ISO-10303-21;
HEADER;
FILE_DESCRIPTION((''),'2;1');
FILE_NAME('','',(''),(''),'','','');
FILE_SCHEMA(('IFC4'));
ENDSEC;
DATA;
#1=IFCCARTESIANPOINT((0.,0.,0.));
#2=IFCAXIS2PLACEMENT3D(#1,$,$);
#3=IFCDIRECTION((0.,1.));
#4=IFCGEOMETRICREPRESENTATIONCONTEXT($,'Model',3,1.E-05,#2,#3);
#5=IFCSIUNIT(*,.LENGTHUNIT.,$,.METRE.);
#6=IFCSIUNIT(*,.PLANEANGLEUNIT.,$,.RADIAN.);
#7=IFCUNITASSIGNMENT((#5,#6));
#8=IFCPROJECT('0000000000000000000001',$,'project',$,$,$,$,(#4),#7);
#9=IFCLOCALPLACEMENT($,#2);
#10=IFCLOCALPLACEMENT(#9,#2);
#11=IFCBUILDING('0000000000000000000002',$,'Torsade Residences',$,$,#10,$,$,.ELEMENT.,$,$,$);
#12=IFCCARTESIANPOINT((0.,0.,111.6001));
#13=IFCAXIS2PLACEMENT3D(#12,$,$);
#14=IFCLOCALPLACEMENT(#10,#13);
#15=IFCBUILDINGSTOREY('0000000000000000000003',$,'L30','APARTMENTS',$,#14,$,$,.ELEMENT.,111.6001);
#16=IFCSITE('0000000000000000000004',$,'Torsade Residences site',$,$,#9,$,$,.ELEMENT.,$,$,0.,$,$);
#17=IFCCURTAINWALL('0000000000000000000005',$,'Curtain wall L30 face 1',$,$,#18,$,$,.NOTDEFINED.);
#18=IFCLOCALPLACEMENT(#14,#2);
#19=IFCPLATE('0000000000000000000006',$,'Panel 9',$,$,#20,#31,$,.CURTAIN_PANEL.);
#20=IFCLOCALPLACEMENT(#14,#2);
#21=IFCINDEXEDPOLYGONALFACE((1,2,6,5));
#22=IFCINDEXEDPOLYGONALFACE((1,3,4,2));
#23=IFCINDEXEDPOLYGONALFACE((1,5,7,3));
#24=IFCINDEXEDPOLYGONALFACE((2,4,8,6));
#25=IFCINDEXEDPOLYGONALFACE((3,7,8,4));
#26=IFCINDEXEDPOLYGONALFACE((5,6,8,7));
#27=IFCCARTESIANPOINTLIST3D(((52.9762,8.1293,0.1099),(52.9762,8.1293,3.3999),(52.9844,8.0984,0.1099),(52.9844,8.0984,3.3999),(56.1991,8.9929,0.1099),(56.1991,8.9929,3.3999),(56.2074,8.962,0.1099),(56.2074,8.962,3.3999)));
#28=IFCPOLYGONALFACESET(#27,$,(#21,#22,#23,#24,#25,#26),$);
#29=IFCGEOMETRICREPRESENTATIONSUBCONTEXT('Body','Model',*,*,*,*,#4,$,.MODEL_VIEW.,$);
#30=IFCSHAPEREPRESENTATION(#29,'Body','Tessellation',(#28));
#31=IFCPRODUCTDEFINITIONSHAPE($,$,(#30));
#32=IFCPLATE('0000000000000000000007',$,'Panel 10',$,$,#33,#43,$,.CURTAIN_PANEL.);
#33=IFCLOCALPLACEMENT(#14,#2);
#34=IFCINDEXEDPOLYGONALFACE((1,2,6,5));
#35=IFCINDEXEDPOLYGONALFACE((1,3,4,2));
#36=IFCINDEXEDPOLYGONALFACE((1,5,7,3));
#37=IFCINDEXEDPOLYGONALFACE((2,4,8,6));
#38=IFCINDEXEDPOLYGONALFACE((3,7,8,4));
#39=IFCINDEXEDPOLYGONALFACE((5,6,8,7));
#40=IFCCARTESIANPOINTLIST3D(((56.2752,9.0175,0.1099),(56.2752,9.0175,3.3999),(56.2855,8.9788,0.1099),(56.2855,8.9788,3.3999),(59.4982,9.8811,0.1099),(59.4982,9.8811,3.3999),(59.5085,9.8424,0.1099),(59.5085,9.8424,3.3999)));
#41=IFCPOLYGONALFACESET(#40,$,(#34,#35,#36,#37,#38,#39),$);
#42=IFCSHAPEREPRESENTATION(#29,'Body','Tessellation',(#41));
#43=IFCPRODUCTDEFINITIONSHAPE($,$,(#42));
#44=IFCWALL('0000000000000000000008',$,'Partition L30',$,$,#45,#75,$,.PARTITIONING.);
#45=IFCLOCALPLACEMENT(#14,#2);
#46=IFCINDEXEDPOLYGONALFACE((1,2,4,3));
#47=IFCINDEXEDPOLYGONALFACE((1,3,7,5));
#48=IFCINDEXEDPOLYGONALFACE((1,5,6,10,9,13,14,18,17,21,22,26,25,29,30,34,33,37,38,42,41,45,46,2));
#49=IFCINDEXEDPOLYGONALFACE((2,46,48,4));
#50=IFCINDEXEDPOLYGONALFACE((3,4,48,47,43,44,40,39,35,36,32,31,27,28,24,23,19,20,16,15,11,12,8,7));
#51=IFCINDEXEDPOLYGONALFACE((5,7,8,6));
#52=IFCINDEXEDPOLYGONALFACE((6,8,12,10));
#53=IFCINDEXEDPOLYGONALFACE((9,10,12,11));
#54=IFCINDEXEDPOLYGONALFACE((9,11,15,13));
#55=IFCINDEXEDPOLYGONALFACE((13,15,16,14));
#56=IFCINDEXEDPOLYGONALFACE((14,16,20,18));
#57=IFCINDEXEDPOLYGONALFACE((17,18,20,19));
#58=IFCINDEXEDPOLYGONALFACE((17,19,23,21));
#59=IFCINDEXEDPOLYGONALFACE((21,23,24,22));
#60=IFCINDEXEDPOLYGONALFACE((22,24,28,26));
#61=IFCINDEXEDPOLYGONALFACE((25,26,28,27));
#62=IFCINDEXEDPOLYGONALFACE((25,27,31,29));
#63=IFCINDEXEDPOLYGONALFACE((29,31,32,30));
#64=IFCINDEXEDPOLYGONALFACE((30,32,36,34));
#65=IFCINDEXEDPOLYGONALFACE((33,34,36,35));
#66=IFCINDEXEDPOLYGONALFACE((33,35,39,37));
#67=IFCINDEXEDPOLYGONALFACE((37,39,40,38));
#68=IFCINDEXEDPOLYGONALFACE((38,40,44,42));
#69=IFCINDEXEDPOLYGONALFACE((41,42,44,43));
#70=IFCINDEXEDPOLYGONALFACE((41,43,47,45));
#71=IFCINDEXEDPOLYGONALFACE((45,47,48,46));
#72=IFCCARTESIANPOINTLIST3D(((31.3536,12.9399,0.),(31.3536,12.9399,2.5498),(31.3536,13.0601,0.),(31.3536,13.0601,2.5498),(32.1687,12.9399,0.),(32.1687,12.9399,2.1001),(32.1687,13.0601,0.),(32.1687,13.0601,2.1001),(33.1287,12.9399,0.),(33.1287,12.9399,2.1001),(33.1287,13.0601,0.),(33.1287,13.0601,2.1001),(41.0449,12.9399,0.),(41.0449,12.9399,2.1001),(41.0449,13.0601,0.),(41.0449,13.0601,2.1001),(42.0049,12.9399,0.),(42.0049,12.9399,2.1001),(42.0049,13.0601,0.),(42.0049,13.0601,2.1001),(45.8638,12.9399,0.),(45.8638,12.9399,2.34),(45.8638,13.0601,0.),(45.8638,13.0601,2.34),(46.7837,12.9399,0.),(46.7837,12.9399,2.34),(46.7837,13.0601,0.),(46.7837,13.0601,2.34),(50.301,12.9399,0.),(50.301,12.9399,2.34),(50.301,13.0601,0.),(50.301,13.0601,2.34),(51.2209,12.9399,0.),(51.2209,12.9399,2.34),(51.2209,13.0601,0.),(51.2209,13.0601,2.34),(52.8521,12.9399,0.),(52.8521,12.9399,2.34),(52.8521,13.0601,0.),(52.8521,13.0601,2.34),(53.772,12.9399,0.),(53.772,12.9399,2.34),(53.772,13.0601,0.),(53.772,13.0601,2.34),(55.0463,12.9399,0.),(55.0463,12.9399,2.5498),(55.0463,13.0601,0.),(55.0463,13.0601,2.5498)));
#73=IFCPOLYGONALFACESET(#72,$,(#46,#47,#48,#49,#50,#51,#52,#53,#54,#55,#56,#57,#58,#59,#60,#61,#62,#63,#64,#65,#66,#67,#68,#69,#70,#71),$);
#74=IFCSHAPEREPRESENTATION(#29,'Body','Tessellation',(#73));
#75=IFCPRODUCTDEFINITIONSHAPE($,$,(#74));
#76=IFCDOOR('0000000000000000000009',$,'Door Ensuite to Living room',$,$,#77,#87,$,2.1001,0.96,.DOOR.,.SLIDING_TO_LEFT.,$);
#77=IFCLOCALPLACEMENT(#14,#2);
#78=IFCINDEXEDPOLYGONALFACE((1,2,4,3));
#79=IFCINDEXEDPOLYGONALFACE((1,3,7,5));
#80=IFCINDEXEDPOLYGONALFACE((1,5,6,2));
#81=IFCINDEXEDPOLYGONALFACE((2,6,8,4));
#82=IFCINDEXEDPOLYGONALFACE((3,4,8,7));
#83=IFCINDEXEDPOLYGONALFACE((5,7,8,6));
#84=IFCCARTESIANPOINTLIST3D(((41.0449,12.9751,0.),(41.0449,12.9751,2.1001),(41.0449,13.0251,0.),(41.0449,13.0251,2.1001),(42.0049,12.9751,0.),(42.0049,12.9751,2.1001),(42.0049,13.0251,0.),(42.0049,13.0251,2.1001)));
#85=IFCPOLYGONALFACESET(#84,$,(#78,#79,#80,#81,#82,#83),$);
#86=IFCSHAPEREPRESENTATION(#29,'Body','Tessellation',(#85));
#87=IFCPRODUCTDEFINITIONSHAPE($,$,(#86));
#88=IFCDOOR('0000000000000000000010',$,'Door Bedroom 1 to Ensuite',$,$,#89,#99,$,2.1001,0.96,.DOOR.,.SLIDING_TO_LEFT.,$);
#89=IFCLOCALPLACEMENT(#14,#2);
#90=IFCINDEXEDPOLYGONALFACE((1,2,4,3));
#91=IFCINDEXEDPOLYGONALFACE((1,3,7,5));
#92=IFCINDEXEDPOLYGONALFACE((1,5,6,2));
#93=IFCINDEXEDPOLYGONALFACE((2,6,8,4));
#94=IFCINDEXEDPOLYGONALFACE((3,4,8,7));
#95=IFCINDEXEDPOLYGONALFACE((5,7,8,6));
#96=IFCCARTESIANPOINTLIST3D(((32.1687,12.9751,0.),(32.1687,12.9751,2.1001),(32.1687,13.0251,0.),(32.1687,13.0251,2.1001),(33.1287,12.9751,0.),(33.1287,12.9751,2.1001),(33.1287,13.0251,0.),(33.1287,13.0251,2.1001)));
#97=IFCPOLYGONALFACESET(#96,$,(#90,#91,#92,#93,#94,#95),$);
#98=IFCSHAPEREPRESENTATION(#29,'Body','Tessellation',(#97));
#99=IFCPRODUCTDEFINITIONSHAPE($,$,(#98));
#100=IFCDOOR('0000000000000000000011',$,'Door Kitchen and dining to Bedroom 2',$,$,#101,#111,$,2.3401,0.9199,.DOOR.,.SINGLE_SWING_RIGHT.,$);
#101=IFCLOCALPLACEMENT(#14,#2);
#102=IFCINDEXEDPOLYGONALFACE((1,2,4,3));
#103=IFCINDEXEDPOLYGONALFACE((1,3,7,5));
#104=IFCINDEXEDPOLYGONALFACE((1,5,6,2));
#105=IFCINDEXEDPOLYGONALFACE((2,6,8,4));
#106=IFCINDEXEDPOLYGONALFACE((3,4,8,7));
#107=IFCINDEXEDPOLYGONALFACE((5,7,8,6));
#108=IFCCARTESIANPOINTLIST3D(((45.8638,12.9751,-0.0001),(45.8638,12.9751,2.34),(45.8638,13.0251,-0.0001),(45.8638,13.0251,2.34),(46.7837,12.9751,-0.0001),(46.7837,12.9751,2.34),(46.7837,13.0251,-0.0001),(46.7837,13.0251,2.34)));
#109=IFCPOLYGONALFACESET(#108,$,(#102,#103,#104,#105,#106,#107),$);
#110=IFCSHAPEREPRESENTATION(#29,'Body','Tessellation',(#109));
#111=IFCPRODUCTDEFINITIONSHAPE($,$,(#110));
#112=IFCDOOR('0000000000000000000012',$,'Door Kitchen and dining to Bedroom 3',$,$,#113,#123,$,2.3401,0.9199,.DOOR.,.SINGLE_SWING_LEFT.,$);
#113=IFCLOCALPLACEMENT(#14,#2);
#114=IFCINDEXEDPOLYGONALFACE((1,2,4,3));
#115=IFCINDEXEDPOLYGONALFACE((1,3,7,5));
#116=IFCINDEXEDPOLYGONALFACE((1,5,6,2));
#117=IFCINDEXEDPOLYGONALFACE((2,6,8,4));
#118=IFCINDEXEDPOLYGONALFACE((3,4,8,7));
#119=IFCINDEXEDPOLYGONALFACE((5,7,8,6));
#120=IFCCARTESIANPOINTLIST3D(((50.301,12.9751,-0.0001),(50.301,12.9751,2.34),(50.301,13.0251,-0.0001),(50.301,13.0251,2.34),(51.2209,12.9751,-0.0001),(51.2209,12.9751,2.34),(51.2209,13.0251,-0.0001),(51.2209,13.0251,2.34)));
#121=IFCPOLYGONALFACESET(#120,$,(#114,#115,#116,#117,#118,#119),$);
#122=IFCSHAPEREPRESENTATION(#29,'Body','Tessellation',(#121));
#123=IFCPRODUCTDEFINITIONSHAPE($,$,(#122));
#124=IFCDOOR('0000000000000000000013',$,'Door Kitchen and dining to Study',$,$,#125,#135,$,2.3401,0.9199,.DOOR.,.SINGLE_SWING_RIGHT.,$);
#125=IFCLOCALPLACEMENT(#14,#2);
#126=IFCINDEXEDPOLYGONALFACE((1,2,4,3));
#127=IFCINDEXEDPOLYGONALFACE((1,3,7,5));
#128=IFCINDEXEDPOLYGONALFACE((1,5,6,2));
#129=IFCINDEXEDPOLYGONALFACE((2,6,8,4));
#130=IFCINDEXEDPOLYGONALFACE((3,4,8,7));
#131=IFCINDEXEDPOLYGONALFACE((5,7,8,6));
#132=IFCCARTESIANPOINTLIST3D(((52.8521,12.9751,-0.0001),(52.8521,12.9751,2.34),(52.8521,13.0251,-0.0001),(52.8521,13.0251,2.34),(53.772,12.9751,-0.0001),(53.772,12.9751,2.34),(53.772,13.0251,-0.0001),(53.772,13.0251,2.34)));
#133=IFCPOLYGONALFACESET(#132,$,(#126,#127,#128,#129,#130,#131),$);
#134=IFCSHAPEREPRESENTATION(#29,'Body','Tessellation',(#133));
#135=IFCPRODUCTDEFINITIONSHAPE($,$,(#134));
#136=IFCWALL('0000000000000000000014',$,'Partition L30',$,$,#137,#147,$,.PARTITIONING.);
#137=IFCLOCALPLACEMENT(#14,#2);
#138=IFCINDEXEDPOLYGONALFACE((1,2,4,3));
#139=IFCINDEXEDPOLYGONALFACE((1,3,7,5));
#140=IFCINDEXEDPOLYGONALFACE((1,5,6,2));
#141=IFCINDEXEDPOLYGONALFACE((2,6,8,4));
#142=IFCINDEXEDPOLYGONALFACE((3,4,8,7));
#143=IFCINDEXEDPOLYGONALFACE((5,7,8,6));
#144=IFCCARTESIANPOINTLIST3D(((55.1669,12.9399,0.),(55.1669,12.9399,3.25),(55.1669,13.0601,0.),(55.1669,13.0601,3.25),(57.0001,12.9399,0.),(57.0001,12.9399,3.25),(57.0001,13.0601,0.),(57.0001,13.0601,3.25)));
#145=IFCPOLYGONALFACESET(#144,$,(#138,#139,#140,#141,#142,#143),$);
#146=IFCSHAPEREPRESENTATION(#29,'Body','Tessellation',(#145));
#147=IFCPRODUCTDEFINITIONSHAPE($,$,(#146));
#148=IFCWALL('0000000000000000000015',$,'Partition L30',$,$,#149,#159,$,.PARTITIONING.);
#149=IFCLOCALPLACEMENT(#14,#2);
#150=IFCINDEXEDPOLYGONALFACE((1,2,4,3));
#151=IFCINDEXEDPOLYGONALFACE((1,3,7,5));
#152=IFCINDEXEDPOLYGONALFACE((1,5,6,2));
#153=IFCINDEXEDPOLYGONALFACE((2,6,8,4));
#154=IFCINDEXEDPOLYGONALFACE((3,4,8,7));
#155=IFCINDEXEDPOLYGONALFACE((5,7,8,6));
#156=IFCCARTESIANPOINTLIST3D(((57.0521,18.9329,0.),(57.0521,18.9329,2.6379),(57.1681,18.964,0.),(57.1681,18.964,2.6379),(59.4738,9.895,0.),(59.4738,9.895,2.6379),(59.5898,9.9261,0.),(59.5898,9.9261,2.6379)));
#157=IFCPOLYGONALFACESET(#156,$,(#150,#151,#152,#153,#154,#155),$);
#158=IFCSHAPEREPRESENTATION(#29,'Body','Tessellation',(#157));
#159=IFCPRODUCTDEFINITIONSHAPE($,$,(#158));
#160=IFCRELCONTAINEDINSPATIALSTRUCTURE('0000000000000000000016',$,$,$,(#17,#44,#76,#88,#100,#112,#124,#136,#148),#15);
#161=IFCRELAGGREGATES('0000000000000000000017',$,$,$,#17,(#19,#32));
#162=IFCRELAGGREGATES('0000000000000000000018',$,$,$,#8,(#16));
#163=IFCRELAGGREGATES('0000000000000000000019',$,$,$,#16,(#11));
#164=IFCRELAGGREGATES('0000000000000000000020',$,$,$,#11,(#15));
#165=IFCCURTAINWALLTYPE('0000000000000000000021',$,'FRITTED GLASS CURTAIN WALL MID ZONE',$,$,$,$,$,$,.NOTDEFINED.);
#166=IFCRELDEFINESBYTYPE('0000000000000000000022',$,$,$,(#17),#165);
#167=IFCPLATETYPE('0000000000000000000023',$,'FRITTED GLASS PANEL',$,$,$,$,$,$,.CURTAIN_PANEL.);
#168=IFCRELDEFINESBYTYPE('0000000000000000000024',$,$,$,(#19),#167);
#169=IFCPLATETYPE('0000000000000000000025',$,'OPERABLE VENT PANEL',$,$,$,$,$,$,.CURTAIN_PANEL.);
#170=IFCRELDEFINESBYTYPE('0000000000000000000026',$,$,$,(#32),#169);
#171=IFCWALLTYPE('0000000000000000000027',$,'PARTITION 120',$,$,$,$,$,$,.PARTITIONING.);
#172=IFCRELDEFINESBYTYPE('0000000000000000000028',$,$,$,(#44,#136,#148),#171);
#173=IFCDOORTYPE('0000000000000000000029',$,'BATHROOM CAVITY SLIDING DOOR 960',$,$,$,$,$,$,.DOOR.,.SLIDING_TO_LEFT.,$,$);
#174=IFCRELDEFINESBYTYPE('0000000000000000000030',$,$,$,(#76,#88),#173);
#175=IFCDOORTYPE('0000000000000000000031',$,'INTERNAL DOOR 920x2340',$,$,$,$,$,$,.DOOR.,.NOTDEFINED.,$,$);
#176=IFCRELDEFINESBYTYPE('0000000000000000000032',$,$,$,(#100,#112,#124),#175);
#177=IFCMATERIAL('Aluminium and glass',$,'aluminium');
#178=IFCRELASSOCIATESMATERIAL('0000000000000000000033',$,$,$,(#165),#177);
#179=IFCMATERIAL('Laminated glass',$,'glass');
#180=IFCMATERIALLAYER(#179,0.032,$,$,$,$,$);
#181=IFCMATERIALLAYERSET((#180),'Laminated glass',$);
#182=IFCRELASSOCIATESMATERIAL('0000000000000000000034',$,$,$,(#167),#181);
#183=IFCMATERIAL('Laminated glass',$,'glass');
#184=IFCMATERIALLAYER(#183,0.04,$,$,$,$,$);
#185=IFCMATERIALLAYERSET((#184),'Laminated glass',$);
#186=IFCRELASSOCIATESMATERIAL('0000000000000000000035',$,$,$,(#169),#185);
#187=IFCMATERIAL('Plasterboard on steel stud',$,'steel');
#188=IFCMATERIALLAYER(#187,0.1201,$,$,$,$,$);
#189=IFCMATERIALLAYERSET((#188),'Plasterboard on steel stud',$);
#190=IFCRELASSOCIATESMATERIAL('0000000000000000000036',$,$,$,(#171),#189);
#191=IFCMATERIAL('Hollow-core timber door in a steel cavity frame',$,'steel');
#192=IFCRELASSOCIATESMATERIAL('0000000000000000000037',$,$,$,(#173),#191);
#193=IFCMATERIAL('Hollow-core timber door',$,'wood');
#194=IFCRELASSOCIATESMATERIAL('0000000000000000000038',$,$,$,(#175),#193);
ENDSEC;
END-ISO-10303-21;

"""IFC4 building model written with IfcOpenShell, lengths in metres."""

from ifc_helpers import new_model, si_unit, direction, frame, frame_2d, origin, origin_2d, place, context, subcontext, project, spatial, rectangle, extrude, material, layer, layer_set, type_object, element, fill, aggregate, save


model = new_model("IFC4")

# Units and contexts
model_context = context("Model", 3, precision=1e-05, world=origin(), true_north=direction((0.0, 1.0)))
body_context = subcontext(model_context, "Body", "Model", "MODEL_VIEW")
ifc_project = project(units=[si_unit("LENGTHUNIT", "METRE"), si_unit("PLANEANGLEUNIT", "RADIAN")], contexts=[model_context])

# Site, building, storey
site_placement = place(None, origin())
site = spatial("IfcSite", under=ifc_project, at=site_placement, Name="Torsade Residences site", CompositionType="ELEMENT", RefElevation=0.0)
building_placement = place(site_placement, origin())
building = spatial("IfcBuilding", under=site, at=building_placement, Name="Torsade Residences", CompositionType="ELEMENT")
storey_placement = place(building_placement, frame((0.0, 0.0, 111.6001)))
storey = spatial("IfcBuildingStorey", under=building, at=storey_placement, Name="L30", Description="APARTMENTS", CompositionType="ELEMENT", Elevation=111.6001)

# Curtain wall
ifc_material_1 = material(Name="Aluminium and glass", Category="aluminium")
curtain_wall_type = type_object("IfcCurtainWallType", Name="FRITTED GLASS CURTAIN WALL MID ZONE", PredefinedType="NOTDEFINED", material=ifc_material_1)
curtain_wall_placement = place(storey_placement, origin())
curtain_wall = element("IfcCurtainWall", 1, at=curtain_wall_placement, inside=storey, type_object=curtain_wall_type, Name="Curtain wall L30 face 1", PredefinedType="NOTDEFINED")

# Plates
ifc_material_2 = material(Name="Laminated glass", Category="glass")
ifc_layer_1 = layer(ifc_material_2, 0.032)
ifc_layer_set_1 = layer_set([ifc_layer_1], Name="Laminated glass")
plate_type_1 = type_object("IfcPlateType", Name="FRITTED GLASS PANEL", PredefinedType="CURTAIN_PANEL", material=ifc_layer_set_1)
plate_1_placement = place(storey_placement, frame((54.5918, 8.5457, 0.1099), z_axis=(0.0, 0.0, 1.0), x_axis=(0.965926, 0.258819, 0.0)))
plate_1 = element("IfcPlate", 2, at=plate_1_placement, type_object=plate_type_1, Name="Panel 9", PredefinedType="CURTAIN_PANEL", context=body_context, shape_type="SweptSolid", body=[
    extrude(rectangle(XDim=3.3367, YDim=0.032, at=origin_2d()), origin(), (0.0, 0.0, 1.0), 3.29),
])
ifc_material_3 = material(Name="Laminated glass", Category="glass")
ifc_layer_2 = layer(ifc_material_3, 0.04)
ifc_layer_set_2 = layer_set([ifc_layer_2], Name="Laminated glass")
plate_type_2 = type_object("IfcPlateType", Name="OPERABLE VENT PANEL", PredefinedType="CURTAIN_PANEL", material=ifc_layer_set_2)
plate_2_placement = place(storey_placement, frame((57.8918, 9.4299, 0.1099), z_axis=(0.0, 0.0, 1.0), x_axis=(0.965926, 0.258819, 0.0)))
plate_2 = element("IfcPlate", 3, at=plate_2_placement, type_object=plate_type_2, Name="Panel 10", PredefinedType="CURTAIN_PANEL", context=body_context, shape_type="SweptSolid", body=[
    extrude(rectangle(XDim=3.3367, YDim=0.04, at=origin_2d()), origin(), (0.0, 0.0, 1.0), 3.29),
])
aggregate(curtain_wall, [plate_1, plate_2])

# Wall, openings, doors
ifc_material_4 = material(Name="Plasterboard on steel stud", Category="steel")
ifc_layer_3 = layer(ifc_material_4, 0.1201)
ifc_layer_set_3 = layer_set([ifc_layer_3], Name="Plasterboard on steel stud")
wall_type_1 = type_object("IfcWallType", Name="PARTITION 120", PredefinedType="PARTITIONING", material=ifc_layer_set_3)
wall_1_placement = place(storey_placement, frame((55.0461, 13.0, 0.0), z_axis=(0.0, 0.0, 1.0), x_axis=(-1.0, 0.0, 0.0)))
wall_1 = element("IfcWall", 4, at=wall_1_placement, inside=storey, type_object=wall_type_1, Name="Partition L30", PredefinedType="PARTITIONING", context=body_context, shape_type="SweptSolid", body=[
    extrude(rectangle(XDim=23.6926, YDim=0.1201, at=frame_2d((11.8462, 0.0))), origin(), (0.0, 0.0, 1.0), 2.5498),
])
opening_1_placement = place(wall_1_placement, frame((8.2625, 0.0, 0.0)))
opening_1 = element("IfcOpeningElement", 5, at=opening_1_placement, cuts=wall_1, PredefinedType="OPENING", context=body_context, shape_type="SweptSolid", body=[
    extrude(rectangle(XDim=0.9199, YDim=2.3401, at=frame_2d((0.46, 1.1699))), frame((0.0, 0.0701, 0.0), z_axis=(0.0, -1.0, 0.0), x_axis=(1.0, 0.0, 0.0)), (0.0, 0.0, 1.0), 0.1401),
])
opening_2_placement = place(wall_1_placement, frame((3.8252, 0.0, 0.0)))
opening_2 = element("IfcOpeningElement", 6, at=opening_2_placement, cuts=wall_1, PredefinedType="OPENING", context=body_context, shape_type="SweptSolid", body=[
    extrude(rectangle(XDim=0.9199, YDim=2.3401, at=frame_2d((0.46, 1.1699))), frame((0.0, 0.0701, 0.0), z_axis=(0.0, -1.0, 0.0), x_axis=(1.0, 0.0, 0.0)), (0.0, 0.0, 1.0), 0.1401),
])
opening_3_placement = place(wall_1_placement, frame((1.2742, 0.0, 0.0)))
opening_3 = element("IfcOpeningElement", 7, at=opening_3_placement, cuts=wall_1, PredefinedType="OPENING", context=body_context, shape_type="SweptSolid", body=[
    extrude(rectangle(XDim=0.9199, YDim=2.3401, at=frame_2d((0.46, 1.1699))), frame((0.0, 0.0701, 0.0), z_axis=(0.0, -1.0, 0.0), x_axis=(1.0, 0.0, 0.0)), (0.0, 0.0, 1.0), 0.1401),
])
opening_4_placement = place(wall_1_placement, frame((13.0413, 0.0, 0.0)))
opening_4 = element("IfcOpeningElement", 8, at=opening_4_placement, cuts=wall_1, PredefinedType="OPENING", context=body_context, shape_type="SweptSolid", body=[
    extrude(rectangle(XDim=0.96, YDim=2.1001, at=frame_2d((0.48, 1.05))), frame((0.0, 0.0701, 0.0), z_axis=(0.0, -1.0, 0.0), x_axis=(1.0, 0.0, 0.0)), (0.0, 0.0, 1.0), 0.1401),
])
opening_5_placement = place(wall_1_placement, frame((21.9175, 0.0, 0.0)))
opening_5 = element("IfcOpeningElement", 9, at=opening_5_placement, cuts=wall_1, PredefinedType="OPENING", context=body_context, shape_type="SweptSolid", body=[
    extrude(rectangle(XDim=0.96, YDim=2.1001, at=frame_2d((0.48, 1.05))), frame((0.0, 0.0701, 0.0), z_axis=(0.0, -1.0, 0.0), x_axis=(1.0, 0.0, 0.0)), (0.0, 0.0, 1.0), 0.1401),
])
ifc_material_5 = material(Name="Hollow-core timber door in a steel cavity frame", Category="steel")
door_type_1 = type_object("IfcDoorType", Name="BATHROOM CAVITY SLIDING DOOR 960", OperationType="SLIDING_TO_LEFT", PredefinedType="DOOR", material=ifc_material_5)
door_1_placement = place(opening_4_placement, origin())
door_1 = element("IfcDoor", 10, at=door_1_placement, inside=storey, type_object=door_type_1, Name="Door Ensuite to Living room", OperationType="SLIDING_TO_LEFT", OverallHeight=2.1001, OverallWidth=0.96, PredefinedType="DOOR", context=body_context, shape_type="SweptSolid", body=[
    extrude(rectangle(XDim=0.96, YDim=2.1001, at=frame_2d((0.48, 1.05))), frame((0.0, 0.0249, 0.0), z_axis=(0.0, -1.0, 0.0), x_axis=(1.0, 0.0, 0.0)), (0.0, 0.0, 1.0), 0.05),
])
fill(opening_4, door_1)
door_2_placement = place(opening_5_placement, origin())
door_2 = element("IfcDoor", 11, at=door_2_placement, inside=storey, type_object=door_type_1, Name="Door Bedroom 1 to Ensuite", OperationType="SLIDING_TO_LEFT", OverallHeight=2.1001, OverallWidth=0.96, PredefinedType="DOOR", context=body_context, shape_type="SweptSolid", body=[
    extrude(rectangle(XDim=0.96, YDim=2.1001, at=frame_2d((0.48, 1.05))), frame((0.0, 0.0249, 0.0), z_axis=(0.0, -1.0, 0.0), x_axis=(1.0, 0.0, 0.0)), (0.0, 0.0, 1.0), 0.05),
])
fill(opening_5, door_2)
ifc_material_6 = material(Name="Hollow-core timber door", Category="wood")
door_type_2 = type_object("IfcDoorType", Name="INTERNAL DOOR 920x2340", OperationType="NOTDEFINED", PredefinedType="DOOR", material=ifc_material_6)
door_3_placement = place(opening_1_placement, origin())
door_3 = element("IfcDoor", 12, at=door_3_placement, inside=storey, type_object=door_type_2, Name="Door Kitchen and dining to Bedroom 2", OperationType="SINGLE_SWING_RIGHT", OverallHeight=2.3401, OverallWidth=0.9199, PredefinedType="DOOR", context=body_context, shape_type="SweptSolid", body=[
    extrude(rectangle(XDim=0.9199, YDim=2.3401, at=frame_2d((0.46, 1.1699))), frame((0.0, 0.0249, 0.0), z_axis=(0.0, -1.0, 0.0), x_axis=(1.0, 0.0, 0.0)), (0.0, 0.0, 1.0), 0.05),
])
fill(opening_1, door_3)
door_4_placement = place(opening_2_placement, origin())
door_4 = element("IfcDoor", 13, at=door_4_placement, inside=storey, type_object=door_type_2, Name="Door Kitchen and dining to Bedroom 3", OperationType="SINGLE_SWING_LEFT", OverallHeight=2.3401, OverallWidth=0.9199, PredefinedType="DOOR", context=body_context, shape_type="SweptSolid", body=[
    extrude(rectangle(XDim=0.9199, YDim=2.3401, at=frame_2d((0.46, 1.1699))), frame((0.0, 0.0249, 0.0), z_axis=(0.0, -1.0, 0.0), x_axis=(1.0, 0.0, 0.0)), (0.0, 0.0, 1.0), 0.05),
])
fill(opening_2, door_4)
door_5_placement = place(opening_3_placement, origin())
door_5 = element("IfcDoor", 14, at=door_5_placement, inside=storey, type_object=door_type_2, Name="Door Kitchen and dining to Study", OperationType="SINGLE_SWING_RIGHT", OverallHeight=2.3401, OverallWidth=0.9199, PredefinedType="DOOR", context=body_context, shape_type="SweptSolid", body=[
    extrude(rectangle(XDim=0.9199, YDim=2.3401, at=frame_2d((0.46, 1.1699))), frame((0.0, 0.0249, 0.0), z_axis=(0.0, -1.0, 0.0), x_axis=(1.0, 0.0, 0.0)), (0.0, 0.0, 1.0), 0.05),
])
fill(opening_3, door_5)

# Walls
wall_2_placement = place(storey_placement, frame((57.0, 13.0, 0.0), z_axis=(0.0, 0.0, 1.0), x_axis=(-1.0, 0.0, 0.0)))
element("IfcWall", 15, at=wall_2_placement, inside=storey, type_object=wall_type_1, Name="Partition L30", PredefinedType="PARTITIONING", context=body_context, shape_type="SweptSolid", body=[
    extrude(rectangle(XDim=1.8333, YDim=0.1201, at=frame_2d((0.9165, 0.0))), origin(), (0.0, 0.0, 1.0), 3.25),
])
wall_3_placement = place(storey_placement, frame((59.5317, 9.9106, 0.0), z_axis=(0.0, 0.0, 1.0), x_axis=(-0.258814, 0.965927, 0.0)))
element("IfcWall", 16, at=wall_3_placement, inside=storey, type_object=wall_type_1, Name="Partition L30", PredefinedType="PARTITIONING", context=body_context, shape_type="SweptSolid", body=[
    extrude(rectangle(XDim=9.3567, YDim=0.1201, at=frame_2d((4.6782, 0.0))), origin(), (0.0, 0.0, 1.0), 2.6379),
])

save(model, "model.ifc")
